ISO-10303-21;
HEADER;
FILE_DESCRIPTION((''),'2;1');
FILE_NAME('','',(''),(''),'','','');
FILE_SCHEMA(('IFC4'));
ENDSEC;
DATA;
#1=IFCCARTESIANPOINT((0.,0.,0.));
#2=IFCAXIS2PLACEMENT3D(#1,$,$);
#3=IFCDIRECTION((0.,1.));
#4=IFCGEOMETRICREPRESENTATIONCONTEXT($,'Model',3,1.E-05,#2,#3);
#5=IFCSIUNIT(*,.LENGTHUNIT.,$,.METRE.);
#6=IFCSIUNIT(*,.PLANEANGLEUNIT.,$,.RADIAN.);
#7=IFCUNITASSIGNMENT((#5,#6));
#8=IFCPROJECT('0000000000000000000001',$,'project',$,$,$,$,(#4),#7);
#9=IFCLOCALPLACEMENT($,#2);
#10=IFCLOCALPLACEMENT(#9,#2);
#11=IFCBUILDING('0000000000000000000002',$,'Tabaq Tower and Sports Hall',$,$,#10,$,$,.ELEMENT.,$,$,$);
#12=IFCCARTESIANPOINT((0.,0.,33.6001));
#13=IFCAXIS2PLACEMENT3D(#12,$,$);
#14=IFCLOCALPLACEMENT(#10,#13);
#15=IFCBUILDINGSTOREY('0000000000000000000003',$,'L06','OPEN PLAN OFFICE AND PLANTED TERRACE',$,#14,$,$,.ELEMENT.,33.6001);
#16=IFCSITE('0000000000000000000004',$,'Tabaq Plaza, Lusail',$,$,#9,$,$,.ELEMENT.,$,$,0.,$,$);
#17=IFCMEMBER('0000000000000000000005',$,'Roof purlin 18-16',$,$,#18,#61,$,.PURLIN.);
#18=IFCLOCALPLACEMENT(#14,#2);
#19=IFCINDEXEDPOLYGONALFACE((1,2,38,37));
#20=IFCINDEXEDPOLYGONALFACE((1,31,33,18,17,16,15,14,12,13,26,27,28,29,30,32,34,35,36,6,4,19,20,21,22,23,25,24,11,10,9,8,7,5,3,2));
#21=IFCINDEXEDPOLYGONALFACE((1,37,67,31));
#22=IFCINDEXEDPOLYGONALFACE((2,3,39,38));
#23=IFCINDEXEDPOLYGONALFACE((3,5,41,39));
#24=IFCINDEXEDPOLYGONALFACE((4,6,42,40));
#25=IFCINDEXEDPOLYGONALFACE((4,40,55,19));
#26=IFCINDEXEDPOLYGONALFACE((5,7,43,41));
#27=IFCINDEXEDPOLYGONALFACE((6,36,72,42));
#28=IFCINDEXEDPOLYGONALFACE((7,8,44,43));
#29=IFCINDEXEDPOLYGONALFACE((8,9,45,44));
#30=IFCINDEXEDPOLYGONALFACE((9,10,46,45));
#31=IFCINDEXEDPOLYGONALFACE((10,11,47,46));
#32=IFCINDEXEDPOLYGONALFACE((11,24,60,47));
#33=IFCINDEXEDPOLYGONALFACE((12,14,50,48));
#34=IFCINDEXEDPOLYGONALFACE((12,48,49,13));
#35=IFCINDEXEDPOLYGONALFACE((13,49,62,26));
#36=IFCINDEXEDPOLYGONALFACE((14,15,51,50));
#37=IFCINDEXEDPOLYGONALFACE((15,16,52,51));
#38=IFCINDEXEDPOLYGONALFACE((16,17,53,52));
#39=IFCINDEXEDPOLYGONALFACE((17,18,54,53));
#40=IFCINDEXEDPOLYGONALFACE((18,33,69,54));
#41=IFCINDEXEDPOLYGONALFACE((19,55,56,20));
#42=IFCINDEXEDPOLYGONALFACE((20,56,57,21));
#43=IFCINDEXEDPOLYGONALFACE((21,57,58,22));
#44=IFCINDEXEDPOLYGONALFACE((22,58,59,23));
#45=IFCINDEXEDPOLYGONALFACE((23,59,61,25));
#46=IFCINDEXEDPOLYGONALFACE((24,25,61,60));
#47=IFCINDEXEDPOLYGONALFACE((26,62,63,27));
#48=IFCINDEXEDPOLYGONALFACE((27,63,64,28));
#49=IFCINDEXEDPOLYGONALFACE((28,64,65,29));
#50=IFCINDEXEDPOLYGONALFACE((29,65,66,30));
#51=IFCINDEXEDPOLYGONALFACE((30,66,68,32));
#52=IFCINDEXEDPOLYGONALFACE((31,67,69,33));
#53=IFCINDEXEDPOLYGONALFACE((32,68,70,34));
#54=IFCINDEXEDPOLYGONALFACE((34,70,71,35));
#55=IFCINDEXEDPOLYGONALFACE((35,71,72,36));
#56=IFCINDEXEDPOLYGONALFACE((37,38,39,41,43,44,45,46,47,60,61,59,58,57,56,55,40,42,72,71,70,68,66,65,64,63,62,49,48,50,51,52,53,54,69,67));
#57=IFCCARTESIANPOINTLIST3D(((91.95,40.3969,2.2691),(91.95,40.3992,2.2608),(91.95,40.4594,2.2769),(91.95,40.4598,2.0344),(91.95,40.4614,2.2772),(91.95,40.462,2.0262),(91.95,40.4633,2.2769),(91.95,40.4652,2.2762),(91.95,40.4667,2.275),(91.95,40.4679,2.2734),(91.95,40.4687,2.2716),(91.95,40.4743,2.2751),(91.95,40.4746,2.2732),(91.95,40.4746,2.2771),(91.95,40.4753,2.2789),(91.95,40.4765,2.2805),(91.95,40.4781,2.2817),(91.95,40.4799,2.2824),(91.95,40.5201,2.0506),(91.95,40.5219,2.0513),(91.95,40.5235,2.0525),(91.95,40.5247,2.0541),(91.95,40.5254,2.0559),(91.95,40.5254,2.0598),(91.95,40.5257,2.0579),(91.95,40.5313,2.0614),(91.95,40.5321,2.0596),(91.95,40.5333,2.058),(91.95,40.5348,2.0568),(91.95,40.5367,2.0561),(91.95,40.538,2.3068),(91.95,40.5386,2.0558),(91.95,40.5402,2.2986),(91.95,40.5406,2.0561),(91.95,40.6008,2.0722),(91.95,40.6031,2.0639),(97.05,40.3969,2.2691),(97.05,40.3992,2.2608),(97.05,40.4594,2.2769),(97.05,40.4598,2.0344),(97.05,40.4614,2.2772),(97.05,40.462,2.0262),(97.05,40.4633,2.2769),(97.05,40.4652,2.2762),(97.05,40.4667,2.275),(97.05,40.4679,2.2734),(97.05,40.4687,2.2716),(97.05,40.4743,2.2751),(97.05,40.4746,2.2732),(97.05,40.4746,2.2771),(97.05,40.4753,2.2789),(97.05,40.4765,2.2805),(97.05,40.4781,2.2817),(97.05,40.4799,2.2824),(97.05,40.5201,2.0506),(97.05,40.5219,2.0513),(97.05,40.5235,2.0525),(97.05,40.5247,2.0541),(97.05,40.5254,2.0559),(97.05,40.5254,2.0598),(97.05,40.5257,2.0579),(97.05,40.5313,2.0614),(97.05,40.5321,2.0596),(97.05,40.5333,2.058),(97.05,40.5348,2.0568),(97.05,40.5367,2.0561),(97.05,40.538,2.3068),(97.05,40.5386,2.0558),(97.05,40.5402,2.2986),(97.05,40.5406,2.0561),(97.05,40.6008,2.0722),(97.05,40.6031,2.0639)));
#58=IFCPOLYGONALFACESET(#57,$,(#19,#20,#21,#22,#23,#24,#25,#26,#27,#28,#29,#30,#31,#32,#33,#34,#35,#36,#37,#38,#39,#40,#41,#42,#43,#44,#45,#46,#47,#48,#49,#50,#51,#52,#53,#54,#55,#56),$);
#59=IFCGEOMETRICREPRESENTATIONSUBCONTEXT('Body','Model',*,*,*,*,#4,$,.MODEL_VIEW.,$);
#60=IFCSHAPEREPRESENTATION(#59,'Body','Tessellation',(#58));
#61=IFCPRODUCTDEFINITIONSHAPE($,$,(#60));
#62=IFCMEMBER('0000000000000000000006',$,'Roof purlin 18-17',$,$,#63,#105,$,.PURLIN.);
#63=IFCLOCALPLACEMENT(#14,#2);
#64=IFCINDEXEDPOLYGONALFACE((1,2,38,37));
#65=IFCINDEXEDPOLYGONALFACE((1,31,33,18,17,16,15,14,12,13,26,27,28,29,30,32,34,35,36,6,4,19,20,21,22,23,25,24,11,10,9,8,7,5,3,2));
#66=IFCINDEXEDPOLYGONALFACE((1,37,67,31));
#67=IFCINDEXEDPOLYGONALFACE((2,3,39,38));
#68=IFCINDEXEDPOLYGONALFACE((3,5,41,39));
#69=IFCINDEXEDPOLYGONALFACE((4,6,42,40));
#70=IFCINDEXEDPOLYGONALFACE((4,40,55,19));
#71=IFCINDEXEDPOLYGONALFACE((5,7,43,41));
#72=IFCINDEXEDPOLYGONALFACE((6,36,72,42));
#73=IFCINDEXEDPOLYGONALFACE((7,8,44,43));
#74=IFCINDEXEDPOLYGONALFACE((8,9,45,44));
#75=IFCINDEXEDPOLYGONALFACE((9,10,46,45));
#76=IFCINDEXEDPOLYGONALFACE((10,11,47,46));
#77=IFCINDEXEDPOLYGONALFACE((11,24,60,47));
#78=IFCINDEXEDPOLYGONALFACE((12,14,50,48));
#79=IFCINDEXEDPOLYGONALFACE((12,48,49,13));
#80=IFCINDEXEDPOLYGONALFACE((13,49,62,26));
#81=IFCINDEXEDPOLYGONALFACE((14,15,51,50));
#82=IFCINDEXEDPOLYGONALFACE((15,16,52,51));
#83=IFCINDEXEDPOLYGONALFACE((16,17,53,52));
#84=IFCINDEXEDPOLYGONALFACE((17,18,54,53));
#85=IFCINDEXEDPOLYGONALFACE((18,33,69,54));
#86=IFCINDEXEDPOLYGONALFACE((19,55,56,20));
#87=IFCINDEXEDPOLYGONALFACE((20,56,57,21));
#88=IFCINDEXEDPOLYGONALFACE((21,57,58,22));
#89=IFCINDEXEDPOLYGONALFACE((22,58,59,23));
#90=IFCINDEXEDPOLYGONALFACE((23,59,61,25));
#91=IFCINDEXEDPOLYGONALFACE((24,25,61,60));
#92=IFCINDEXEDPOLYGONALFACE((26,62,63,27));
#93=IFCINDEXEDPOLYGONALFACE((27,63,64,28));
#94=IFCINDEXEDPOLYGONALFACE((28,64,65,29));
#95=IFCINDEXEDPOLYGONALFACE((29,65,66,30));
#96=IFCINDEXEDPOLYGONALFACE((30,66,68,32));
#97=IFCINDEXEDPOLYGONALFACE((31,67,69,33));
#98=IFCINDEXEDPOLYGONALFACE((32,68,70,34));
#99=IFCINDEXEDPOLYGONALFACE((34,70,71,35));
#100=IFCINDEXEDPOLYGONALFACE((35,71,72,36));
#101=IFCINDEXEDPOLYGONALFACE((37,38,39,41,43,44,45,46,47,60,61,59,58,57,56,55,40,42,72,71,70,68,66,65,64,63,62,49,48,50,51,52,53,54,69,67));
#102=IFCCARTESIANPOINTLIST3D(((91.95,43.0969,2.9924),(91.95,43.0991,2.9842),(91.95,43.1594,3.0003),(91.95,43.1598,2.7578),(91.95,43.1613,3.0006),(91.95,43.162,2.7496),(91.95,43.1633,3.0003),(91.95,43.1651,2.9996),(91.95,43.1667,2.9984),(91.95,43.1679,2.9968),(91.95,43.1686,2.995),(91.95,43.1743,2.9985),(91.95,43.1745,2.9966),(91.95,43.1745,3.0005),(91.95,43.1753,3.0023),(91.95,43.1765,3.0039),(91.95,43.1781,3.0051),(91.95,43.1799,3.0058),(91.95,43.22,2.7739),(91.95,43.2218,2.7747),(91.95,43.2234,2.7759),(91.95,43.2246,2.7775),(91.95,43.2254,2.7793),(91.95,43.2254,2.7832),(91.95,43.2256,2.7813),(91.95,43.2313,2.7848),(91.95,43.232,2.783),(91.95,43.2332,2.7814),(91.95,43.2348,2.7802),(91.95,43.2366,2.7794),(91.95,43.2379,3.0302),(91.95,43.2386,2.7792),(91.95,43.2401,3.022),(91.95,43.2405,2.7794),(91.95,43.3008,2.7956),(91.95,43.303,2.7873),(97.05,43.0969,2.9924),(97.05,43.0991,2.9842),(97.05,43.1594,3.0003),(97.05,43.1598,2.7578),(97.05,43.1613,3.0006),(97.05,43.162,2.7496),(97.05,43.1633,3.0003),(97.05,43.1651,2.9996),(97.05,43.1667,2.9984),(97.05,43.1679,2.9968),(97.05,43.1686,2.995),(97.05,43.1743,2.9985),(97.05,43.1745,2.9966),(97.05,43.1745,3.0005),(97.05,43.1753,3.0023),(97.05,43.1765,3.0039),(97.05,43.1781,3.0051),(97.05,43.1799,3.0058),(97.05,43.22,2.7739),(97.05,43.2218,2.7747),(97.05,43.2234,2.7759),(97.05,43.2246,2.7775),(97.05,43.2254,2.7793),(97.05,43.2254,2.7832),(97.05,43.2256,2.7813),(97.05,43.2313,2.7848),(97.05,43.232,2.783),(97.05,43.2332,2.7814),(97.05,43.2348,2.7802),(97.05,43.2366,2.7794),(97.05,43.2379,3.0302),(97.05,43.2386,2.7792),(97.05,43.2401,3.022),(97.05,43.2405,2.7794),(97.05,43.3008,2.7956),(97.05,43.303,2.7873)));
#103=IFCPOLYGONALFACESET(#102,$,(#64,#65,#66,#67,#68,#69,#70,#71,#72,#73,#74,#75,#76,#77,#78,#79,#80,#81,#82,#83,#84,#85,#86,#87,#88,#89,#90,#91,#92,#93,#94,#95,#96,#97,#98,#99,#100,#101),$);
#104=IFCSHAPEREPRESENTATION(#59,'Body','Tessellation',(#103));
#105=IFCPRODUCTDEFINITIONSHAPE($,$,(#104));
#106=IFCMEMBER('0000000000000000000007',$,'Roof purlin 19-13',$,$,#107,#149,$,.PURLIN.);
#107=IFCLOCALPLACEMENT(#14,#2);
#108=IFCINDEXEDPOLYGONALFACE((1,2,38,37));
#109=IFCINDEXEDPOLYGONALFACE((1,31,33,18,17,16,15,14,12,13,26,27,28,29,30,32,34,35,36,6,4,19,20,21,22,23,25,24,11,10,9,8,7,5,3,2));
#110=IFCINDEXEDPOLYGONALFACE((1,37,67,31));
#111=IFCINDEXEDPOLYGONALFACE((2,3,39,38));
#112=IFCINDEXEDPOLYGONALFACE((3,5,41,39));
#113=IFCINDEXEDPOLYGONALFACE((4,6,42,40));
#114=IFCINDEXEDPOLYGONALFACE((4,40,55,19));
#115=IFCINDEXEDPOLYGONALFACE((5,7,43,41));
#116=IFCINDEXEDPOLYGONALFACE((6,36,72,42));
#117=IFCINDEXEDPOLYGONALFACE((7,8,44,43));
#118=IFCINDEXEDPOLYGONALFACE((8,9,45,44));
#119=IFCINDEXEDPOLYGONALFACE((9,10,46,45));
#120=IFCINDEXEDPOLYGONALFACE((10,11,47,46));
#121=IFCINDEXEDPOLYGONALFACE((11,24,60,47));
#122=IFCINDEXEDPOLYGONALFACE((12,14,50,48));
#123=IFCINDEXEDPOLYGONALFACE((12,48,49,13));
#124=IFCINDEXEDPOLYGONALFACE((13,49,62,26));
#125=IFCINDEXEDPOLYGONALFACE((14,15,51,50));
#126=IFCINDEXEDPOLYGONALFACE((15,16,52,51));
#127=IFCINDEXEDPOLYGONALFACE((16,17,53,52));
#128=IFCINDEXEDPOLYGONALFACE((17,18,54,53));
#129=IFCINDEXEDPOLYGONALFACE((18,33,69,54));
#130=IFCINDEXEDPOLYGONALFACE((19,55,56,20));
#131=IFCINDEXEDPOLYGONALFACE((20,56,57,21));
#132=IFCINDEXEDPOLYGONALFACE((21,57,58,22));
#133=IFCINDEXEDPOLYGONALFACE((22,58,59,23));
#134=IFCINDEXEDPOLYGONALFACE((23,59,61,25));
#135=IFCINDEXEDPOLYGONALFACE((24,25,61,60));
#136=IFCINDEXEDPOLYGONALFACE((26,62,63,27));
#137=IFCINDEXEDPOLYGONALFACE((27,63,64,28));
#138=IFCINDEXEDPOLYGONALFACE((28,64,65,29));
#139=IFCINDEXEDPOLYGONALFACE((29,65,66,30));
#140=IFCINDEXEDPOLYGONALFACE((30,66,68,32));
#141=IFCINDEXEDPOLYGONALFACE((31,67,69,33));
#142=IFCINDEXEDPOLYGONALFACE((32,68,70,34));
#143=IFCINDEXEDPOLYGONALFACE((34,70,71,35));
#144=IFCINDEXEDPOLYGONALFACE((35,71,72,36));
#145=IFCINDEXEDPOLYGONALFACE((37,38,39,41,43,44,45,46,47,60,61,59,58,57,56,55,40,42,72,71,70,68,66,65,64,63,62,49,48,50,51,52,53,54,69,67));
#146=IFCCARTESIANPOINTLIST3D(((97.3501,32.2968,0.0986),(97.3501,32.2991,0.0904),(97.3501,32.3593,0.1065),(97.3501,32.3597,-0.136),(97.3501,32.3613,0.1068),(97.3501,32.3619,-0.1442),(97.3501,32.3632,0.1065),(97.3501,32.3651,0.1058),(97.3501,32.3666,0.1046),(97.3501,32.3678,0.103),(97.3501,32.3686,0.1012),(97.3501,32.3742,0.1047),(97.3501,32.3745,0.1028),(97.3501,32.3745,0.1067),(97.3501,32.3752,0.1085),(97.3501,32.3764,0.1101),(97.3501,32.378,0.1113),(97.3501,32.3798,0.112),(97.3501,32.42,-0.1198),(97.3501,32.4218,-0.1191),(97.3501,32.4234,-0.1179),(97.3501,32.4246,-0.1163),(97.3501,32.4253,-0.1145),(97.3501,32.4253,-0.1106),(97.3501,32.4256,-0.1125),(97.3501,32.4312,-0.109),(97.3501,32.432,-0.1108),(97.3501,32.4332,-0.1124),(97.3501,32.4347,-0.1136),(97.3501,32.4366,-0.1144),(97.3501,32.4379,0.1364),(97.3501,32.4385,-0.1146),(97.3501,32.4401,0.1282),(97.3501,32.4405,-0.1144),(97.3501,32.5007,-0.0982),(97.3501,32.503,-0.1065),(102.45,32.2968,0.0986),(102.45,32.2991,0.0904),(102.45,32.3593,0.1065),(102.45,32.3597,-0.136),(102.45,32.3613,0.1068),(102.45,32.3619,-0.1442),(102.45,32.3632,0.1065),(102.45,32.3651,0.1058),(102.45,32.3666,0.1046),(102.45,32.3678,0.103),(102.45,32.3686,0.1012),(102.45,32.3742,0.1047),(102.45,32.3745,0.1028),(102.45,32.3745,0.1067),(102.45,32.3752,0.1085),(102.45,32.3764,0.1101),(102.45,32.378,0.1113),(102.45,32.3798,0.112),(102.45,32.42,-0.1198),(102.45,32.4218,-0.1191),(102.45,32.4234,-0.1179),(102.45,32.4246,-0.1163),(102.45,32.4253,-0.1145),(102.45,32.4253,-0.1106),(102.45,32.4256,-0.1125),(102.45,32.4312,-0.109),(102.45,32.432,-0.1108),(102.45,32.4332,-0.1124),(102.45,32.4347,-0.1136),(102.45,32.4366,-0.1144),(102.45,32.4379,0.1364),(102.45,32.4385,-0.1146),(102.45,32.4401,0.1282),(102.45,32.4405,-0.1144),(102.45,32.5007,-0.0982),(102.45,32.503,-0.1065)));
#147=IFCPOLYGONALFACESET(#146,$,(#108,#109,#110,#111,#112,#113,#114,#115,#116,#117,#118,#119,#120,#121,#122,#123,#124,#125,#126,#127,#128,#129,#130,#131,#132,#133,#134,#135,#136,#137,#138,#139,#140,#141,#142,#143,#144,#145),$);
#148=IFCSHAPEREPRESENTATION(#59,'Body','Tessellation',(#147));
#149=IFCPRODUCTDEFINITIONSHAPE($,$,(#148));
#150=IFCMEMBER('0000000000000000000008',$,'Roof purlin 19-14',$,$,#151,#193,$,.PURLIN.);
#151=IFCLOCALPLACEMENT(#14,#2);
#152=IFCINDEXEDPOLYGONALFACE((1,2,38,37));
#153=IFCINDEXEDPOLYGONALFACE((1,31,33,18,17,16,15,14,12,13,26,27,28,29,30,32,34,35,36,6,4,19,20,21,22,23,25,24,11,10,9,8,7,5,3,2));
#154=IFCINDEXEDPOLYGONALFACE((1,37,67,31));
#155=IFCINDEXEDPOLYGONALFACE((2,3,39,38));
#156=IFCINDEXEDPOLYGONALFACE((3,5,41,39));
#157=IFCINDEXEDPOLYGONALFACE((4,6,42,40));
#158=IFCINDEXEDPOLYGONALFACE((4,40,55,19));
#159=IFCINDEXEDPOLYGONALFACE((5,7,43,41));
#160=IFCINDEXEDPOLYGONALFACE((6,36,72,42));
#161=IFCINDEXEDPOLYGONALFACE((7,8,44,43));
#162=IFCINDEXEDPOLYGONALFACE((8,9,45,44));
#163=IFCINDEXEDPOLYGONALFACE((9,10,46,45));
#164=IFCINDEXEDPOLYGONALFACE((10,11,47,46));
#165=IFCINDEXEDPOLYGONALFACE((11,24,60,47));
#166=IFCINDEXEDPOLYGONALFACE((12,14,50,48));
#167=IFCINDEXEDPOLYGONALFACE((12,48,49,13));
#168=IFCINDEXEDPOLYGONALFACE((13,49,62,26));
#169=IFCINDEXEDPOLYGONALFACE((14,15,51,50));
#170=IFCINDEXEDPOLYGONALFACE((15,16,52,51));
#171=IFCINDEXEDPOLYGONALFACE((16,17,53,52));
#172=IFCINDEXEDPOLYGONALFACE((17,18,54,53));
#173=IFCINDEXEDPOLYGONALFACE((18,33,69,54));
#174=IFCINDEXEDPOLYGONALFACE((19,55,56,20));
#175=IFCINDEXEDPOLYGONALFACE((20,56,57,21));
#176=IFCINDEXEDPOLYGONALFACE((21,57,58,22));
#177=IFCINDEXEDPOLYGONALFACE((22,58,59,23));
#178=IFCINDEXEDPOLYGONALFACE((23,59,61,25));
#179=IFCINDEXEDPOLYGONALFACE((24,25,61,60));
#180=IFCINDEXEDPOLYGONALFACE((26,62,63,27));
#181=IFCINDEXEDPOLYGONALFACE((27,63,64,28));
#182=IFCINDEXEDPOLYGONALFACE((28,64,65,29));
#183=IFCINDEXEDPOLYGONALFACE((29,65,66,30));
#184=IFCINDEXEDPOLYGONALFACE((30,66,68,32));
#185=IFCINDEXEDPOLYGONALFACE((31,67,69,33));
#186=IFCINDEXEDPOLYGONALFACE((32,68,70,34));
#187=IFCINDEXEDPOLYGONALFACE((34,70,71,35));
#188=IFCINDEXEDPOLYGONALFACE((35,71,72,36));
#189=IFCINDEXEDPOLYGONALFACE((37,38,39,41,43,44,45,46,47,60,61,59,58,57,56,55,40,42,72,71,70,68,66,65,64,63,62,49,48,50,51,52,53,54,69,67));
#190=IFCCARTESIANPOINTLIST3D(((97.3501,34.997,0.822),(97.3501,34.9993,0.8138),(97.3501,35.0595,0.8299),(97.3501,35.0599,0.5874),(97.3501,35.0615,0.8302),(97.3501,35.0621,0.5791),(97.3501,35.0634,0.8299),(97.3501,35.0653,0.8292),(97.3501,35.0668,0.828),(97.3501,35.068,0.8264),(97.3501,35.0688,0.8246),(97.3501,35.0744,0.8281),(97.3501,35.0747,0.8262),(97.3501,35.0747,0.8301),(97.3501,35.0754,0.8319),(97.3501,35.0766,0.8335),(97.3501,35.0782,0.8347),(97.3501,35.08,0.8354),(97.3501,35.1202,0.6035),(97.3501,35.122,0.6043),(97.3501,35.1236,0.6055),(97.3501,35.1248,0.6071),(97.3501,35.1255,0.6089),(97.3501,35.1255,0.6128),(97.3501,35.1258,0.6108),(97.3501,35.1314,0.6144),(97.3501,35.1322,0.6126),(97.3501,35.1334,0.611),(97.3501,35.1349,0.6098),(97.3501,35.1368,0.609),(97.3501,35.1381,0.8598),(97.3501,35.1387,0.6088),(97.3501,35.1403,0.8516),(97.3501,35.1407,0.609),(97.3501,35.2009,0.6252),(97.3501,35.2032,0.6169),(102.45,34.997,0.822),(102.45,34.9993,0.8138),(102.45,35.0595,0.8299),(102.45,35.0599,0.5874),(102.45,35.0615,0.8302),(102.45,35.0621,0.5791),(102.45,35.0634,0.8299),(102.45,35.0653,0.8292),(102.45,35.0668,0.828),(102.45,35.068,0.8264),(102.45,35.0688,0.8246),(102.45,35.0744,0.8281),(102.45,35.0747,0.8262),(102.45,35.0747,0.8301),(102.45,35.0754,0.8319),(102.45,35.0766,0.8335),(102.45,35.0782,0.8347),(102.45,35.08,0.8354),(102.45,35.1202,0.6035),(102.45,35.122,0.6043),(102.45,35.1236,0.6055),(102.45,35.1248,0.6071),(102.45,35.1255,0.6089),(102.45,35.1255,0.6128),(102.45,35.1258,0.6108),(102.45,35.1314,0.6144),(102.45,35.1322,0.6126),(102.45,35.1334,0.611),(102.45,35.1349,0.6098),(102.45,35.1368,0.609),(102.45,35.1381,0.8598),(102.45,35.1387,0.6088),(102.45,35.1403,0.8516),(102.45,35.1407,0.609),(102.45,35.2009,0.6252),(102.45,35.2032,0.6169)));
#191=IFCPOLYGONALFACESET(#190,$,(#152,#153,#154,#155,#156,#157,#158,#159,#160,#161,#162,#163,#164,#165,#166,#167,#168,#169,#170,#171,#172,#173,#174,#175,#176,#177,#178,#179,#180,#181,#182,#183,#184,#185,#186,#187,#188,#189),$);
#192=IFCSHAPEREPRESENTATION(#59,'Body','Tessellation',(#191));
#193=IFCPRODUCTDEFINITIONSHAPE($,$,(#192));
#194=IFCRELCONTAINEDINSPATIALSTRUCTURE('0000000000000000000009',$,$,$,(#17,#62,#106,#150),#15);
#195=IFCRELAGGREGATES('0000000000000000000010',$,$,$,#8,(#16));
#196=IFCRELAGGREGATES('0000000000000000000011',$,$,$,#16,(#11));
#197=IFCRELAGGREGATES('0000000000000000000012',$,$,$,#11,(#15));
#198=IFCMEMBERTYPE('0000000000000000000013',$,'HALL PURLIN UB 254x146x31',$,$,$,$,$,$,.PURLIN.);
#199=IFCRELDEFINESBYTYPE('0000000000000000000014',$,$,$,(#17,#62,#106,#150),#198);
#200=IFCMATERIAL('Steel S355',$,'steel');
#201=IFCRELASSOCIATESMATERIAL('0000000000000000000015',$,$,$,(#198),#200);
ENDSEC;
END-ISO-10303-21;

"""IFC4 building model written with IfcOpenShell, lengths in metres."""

from ifc_helpers import new_model, si_unit, direction, frame, origin, origin_2d, place, context, subcontext, project, spatial, i_section, extrude, material, material_profile, profile_set, type_object, element, save


model = new_model("IFC4")

# Units and contexts
model_context = context("Model", 3, precision=1e-05, world=origin(), true_north=direction((0.0, 1.0)))
body_context = subcontext(model_context, "Body", "Model", "MODEL_VIEW")
ifc_project = project(units=[si_unit("LENGTHUNIT", "METRE"), si_unit("PLANEANGLEUNIT", "RADIAN")], contexts=[model_context])

# Site, building, storey
site_placement = place(None, origin())
site = spatial("IfcSite", under=ifc_project, at=site_placement, Name="Tabaq Plaza, Lusail", CompositionType="ELEMENT", RefElevation=0.0)
building_placement = place(site_placement, origin())
building = spatial("IfcBuilding", under=site, at=building_placement, Name="Tabaq Tower and Sports Hall", CompositionType="ELEMENT")
storey_placement = place(building_placement, frame((0.0, 0.0, 33.6001)))
storey = spatial("IfcBuildingStorey", under=building, at=storey_placement, Name="L06", Description="OPEN PLAN OFFICE AND PLANTED TERRACE", CompositionType="ELEMENT", Elevation=33.6001)

# Members
ifc_material_1 = material(Name="Steel S355", Category="steel")
ifc_material_profile_1 = material_profile(ifc_material_1, i_section(OverallWidth=0.146, OverallDepth=0.2515, WebThickness=0.0061, FlangeThickness=0.0085, FilletRadius=0.0076, at=origin_2d()), Name="UB 254x146x31")
ifc_profile_set_1 = profile_set([ifc_material_profile_1], Name="Steel S355")
member_type = type_object("IfcMemberType", Name="HALL PURLIN UB 254x146x31", PredefinedType="PURLIN", material=ifc_profile_set_1)
for number, where, z_axis, x_axis, name in (
    (1, (91.95, 40.5, 2.1665), (1.0, 0.0, 0.0), (0.0, 0.965926, 0.258819), "Roof purlin 18-16"),
    (2, (91.95, 43.2, 2.8899), (1.0, 0.0, 0.0), (0.0, 0.965926, 0.258819), "Roof purlin 18-17"),
):
    element("IfcMember", number, at=place(storey_placement, frame(where, z_axis=z_axis, x_axis=x_axis)), inside=storey, type_object=member_type, Name=name, PredefinedType="PURLIN", context=body_context, shape_type="SweptSolid", body=[
        extrude(i_section(OverallWidth=0.146, OverallDepth=0.2515, WebThickness=0.0061, FlangeThickness=0.0085, FilletRadius=0.0076, at=origin_2d()), origin(), (0.0, 0.0, 1.0), 5.1001),
    ])
for number, where, z_axis, x_axis, name in (
    (3, (97.3501, 32.3999, -0.0039), (1.0, 0.0, 0.0), (0.0, 0.965926, 0.258819), "Roof purlin 19-13"),
    (4, (97.3501, 35.1001, 0.7195), (1.0, 0.0, 0.0), (0.0, 0.965926, 0.258819), "Roof purlin 19-14"),
):
    element("IfcMember", number, at=place(storey_placement, frame(where, z_axis=z_axis, x_axis=x_axis)), inside=storey, type_object=member_type, Name=name, PredefinedType="PURLIN", context=body_context, shape_type="SweptSolid", body=[
        extrude(i_section(OverallWidth=0.146, OverallDepth=0.2515, WebThickness=0.0061, FlangeThickness=0.0085, FilletRadius=0.0076, at=origin_2d()), origin(), (0.0, 0.0, 1.0), 5.0999),
    ])

save(model, "model.ifc")
